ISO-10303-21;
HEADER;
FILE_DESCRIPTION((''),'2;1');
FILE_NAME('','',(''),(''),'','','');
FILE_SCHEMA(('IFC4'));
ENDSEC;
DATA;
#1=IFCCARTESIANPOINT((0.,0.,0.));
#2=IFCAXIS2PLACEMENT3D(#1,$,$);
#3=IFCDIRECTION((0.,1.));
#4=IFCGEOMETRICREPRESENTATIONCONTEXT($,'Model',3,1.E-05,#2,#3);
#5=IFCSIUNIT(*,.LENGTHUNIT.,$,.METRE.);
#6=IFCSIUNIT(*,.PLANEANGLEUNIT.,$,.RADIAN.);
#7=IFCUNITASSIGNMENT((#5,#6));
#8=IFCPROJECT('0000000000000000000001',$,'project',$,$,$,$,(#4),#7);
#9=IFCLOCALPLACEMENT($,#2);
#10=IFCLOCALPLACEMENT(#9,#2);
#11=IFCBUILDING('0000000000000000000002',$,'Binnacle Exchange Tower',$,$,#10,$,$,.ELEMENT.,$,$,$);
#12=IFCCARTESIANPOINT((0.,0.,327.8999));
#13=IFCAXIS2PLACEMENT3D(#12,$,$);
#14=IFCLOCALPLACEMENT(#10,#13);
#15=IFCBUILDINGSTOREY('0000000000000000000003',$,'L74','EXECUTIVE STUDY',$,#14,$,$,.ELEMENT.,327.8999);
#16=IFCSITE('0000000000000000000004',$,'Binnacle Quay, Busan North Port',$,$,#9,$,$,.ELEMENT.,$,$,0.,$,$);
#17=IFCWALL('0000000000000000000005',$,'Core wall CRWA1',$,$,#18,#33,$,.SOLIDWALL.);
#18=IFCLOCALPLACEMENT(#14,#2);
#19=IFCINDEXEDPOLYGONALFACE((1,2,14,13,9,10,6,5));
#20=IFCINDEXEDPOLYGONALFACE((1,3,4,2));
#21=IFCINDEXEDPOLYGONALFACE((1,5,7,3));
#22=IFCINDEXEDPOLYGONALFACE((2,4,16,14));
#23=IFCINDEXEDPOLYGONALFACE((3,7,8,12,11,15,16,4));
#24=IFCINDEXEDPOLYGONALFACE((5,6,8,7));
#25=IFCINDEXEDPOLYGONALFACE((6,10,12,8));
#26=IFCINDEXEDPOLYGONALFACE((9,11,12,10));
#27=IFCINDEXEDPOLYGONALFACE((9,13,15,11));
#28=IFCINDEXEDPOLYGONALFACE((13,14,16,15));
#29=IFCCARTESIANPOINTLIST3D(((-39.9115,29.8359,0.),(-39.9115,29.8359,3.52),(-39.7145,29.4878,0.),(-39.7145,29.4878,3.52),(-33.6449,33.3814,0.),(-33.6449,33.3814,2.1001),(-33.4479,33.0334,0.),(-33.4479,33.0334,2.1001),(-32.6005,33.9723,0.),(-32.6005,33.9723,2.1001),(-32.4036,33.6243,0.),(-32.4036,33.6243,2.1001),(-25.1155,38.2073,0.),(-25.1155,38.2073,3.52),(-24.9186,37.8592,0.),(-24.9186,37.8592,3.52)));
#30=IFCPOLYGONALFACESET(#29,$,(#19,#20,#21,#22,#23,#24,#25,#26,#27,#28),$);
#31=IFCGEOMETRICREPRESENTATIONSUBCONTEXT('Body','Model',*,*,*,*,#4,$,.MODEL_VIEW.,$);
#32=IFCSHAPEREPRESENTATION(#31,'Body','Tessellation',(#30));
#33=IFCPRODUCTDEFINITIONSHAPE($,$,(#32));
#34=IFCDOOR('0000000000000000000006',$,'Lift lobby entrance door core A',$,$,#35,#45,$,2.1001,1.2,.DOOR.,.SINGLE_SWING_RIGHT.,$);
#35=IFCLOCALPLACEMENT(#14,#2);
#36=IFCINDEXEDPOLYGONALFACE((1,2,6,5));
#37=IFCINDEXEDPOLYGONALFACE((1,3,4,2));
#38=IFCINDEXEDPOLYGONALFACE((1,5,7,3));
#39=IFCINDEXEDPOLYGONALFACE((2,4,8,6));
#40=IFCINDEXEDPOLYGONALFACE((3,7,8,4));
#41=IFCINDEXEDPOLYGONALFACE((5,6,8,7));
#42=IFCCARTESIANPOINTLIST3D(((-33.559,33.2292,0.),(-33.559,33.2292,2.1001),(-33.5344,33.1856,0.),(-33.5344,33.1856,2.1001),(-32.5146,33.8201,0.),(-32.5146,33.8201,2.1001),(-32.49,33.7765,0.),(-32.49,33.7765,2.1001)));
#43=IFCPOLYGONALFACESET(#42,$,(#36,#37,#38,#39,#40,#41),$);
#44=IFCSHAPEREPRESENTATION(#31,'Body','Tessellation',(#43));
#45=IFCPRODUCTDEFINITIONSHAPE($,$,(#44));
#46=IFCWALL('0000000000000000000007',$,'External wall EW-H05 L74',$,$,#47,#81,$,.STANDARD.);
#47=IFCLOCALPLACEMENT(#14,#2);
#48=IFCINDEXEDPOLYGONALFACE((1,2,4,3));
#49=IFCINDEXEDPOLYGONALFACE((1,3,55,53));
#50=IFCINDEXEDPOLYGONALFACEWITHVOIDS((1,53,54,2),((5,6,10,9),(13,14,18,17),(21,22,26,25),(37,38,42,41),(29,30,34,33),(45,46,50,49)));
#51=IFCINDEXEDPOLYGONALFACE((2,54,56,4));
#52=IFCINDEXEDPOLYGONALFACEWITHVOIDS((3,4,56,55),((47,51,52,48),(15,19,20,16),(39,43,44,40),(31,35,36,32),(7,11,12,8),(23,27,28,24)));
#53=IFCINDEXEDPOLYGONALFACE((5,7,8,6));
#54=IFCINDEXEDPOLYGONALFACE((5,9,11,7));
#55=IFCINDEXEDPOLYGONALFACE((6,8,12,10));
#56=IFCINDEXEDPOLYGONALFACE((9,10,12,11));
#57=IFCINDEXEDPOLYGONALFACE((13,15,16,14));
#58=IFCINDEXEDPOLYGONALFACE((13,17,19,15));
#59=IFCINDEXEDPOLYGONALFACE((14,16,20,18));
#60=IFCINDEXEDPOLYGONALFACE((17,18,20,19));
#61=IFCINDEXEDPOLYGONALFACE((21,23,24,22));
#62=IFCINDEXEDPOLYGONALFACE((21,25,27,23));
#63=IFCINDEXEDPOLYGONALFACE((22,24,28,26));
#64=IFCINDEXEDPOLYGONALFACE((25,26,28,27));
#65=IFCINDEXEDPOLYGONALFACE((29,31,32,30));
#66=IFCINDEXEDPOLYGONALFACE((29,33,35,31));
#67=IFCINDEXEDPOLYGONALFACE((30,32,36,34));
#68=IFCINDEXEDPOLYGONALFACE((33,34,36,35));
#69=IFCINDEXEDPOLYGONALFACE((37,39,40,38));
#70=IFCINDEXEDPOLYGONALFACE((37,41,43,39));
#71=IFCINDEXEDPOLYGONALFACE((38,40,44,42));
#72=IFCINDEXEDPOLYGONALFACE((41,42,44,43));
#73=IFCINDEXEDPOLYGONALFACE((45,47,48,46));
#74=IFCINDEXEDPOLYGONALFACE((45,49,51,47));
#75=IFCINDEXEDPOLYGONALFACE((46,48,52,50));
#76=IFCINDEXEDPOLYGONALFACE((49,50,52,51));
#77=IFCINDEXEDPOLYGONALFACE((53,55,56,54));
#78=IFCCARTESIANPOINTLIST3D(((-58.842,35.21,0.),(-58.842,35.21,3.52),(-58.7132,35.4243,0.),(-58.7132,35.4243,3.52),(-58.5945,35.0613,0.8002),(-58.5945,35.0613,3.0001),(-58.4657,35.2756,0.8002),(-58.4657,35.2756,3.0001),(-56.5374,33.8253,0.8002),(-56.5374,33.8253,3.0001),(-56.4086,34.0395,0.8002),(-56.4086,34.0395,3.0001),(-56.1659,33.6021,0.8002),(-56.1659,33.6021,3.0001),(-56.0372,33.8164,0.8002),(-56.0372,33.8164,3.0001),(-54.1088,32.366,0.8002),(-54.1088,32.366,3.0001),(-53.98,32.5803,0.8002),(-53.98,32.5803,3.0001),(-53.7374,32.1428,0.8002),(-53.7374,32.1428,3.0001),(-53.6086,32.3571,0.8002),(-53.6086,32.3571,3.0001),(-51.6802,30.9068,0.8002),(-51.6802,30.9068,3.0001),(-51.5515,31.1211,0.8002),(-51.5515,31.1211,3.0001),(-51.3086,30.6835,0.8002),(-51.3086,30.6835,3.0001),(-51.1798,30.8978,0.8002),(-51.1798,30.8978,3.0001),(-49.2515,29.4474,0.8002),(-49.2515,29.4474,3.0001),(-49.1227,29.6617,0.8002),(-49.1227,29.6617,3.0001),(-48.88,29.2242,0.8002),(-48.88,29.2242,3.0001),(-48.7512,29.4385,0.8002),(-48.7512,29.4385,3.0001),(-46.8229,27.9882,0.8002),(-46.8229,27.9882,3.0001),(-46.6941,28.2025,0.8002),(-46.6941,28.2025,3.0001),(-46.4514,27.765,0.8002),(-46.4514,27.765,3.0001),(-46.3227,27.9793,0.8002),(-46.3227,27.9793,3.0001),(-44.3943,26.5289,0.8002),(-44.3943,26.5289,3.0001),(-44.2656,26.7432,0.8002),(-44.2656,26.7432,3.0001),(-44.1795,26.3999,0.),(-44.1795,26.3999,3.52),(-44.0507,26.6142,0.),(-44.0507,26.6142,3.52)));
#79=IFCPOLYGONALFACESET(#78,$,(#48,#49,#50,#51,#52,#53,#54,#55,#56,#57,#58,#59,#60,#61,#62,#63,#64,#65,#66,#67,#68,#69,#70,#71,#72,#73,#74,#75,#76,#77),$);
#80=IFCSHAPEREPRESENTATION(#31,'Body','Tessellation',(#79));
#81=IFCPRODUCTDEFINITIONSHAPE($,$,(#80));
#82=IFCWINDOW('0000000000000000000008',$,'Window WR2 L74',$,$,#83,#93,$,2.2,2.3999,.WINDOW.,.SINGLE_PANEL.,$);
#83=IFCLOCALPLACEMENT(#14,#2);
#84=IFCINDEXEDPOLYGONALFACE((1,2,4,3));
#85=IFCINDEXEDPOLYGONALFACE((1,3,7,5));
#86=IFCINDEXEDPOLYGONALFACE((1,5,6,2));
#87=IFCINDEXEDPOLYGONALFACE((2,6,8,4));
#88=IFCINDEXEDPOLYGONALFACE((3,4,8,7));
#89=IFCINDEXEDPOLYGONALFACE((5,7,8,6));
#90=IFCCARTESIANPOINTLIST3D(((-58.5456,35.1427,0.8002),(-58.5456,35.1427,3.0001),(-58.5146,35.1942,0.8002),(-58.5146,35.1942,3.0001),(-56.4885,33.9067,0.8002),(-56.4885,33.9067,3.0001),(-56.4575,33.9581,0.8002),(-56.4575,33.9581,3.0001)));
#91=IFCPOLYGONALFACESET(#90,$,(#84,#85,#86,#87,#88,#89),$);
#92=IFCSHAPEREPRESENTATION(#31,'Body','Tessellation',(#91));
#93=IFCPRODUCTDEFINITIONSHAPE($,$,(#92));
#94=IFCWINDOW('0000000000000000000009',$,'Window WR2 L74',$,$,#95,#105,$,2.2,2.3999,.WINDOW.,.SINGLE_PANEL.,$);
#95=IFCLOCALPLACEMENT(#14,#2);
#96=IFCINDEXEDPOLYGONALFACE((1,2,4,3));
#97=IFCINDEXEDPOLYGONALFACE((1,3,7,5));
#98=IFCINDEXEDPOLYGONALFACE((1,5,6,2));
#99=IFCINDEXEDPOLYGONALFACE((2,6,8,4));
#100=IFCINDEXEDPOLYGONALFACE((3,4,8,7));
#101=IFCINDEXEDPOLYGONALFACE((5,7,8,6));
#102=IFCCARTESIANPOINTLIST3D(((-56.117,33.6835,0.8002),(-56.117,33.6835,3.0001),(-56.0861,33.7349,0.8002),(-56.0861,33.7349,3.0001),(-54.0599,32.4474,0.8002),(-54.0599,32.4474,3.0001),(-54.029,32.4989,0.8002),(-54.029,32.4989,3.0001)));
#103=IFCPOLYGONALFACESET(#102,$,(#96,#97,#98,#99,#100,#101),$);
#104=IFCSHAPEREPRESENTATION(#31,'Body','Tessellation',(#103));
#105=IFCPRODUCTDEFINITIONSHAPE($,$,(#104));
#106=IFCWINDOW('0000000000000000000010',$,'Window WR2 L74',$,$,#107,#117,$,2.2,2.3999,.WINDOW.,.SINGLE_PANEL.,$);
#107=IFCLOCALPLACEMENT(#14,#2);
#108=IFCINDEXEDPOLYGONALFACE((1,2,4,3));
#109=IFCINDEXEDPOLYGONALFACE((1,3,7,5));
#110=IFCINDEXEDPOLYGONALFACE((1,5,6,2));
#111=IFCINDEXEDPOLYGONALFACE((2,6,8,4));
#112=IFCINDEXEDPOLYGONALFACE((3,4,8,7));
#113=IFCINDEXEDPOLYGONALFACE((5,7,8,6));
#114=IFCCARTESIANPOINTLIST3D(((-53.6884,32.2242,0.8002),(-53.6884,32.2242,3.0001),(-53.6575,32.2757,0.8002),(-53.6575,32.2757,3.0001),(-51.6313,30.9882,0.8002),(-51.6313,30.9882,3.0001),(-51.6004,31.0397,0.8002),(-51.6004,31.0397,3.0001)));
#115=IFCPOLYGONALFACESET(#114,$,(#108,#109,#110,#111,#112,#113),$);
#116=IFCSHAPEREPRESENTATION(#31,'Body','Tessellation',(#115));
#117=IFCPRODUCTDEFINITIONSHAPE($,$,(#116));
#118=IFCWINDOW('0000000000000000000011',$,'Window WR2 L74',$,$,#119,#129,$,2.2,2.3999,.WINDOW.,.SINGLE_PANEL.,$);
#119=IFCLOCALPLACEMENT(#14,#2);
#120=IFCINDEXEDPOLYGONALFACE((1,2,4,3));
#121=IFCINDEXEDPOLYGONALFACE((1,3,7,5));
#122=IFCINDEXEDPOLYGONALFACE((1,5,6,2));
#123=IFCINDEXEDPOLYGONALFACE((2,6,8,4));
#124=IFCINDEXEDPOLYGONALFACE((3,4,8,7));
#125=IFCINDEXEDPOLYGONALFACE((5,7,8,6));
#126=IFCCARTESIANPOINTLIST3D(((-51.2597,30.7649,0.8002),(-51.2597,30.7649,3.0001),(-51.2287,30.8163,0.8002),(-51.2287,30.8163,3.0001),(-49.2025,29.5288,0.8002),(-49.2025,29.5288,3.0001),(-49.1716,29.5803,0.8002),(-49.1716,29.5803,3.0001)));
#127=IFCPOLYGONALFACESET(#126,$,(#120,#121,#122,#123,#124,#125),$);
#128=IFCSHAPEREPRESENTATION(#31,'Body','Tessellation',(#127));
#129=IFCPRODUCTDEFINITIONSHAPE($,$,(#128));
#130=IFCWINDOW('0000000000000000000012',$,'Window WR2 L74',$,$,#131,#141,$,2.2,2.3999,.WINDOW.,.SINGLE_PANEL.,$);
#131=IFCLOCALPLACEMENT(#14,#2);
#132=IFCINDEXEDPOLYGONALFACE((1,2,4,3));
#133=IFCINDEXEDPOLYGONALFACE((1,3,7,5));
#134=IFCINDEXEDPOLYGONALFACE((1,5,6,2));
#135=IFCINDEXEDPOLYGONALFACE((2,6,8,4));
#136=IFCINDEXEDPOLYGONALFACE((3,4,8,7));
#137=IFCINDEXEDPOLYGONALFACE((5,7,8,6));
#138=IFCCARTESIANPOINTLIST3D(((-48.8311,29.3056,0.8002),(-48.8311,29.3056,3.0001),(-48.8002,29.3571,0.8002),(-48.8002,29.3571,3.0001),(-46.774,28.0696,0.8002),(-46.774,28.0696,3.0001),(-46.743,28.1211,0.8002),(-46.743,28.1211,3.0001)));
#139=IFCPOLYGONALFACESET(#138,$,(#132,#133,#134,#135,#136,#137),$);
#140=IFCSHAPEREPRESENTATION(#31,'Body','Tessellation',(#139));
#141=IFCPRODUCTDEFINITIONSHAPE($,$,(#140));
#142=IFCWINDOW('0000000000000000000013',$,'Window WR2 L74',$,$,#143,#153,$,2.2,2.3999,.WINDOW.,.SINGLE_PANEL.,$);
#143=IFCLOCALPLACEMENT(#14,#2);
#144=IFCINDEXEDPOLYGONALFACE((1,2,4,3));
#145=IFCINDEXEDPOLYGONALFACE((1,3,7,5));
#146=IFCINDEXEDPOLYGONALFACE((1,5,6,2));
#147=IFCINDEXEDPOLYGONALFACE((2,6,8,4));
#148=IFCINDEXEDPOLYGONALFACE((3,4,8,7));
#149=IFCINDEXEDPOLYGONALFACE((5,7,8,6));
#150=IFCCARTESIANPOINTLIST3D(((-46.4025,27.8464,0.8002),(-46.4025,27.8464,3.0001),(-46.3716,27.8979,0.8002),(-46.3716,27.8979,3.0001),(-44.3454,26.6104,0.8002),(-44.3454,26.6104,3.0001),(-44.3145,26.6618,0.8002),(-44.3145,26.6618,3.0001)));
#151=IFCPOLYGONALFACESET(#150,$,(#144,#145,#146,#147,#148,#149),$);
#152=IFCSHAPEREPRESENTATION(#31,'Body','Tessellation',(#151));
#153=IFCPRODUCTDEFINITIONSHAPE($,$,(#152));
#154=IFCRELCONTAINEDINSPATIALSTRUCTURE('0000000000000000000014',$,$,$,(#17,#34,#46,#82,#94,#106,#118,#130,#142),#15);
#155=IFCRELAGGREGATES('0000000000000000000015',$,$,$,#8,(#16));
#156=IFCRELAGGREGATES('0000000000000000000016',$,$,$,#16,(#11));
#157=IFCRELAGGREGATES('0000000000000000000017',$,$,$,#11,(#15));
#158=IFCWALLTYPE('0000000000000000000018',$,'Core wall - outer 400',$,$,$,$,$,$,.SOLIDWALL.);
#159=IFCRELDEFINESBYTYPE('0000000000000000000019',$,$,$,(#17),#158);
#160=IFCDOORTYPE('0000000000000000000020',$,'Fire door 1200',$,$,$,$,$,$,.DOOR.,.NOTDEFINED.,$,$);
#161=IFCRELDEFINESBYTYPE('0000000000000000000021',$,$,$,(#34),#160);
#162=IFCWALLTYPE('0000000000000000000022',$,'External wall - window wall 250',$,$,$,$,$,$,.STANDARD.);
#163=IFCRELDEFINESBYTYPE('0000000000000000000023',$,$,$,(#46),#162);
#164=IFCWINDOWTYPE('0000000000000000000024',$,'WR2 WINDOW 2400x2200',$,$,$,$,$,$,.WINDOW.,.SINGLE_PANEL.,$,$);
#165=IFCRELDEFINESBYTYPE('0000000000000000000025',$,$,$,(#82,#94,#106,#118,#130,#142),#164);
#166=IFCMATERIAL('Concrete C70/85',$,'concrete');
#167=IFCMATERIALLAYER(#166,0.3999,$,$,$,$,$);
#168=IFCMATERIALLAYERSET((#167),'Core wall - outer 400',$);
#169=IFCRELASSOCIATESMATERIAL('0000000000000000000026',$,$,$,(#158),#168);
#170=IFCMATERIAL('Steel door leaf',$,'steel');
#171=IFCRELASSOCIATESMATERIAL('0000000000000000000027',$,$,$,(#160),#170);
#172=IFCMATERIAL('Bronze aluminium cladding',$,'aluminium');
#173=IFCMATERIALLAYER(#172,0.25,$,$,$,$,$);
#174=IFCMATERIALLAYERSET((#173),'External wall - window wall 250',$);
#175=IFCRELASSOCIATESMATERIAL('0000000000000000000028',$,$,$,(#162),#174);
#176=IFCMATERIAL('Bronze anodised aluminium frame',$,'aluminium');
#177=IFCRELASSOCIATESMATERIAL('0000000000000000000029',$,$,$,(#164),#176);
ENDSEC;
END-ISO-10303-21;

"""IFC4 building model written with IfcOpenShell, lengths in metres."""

from ifc_helpers import new_model, si_unit, direction, frame, frame_2d, origin, place, context, subcontext, project, spatial, rectangle, extrude, material, layer, layer_set, type_object, element, fill, save


model = new_model("IFC4")

# Units and contexts
model_context = context("Model", 3, precision=1e-05, world=origin(), true_north=direction((0.0, 1.0)))
body_context = subcontext(model_context, "Body", "Model", "MODEL_VIEW")
ifc_project = project(units=[si_unit("LENGTHUNIT", "METRE"), si_unit("PLANEANGLEUNIT", "RADIAN")], contexts=[model_context])

# Site, building, storey
site_placement = place(None, origin())
site = spatial("IfcSite", under=ifc_project, at=site_placement, Name="Binnacle Quay, Busan North Port", CompositionType="ELEMENT", RefElevation=0.0)
building_placement = place(site_placement, origin())
building = spatial("IfcBuilding", under=site, at=building_placement, Name="Binnacle Exchange Tower", CompositionType="ELEMENT")
storey_placement = place(building_placement, frame((0.0, 0.0, 327.8999)))
storey = spatial("IfcBuildingStorey", under=building, at=storey_placement, Name="L74", Description="EXECUTIVE STUDY", CompositionType="ELEMENT", Elevation=327.8999)

# Shared definitions
ifc_material_1 = material(Name="Concrete C70/85", Category="concrete")
ifc_material_2 = material(Name="Steel door leaf", Category="steel")

# Wall, opening, door
ifc_layer_1 = layer(ifc_material_1, 0.3999)
ifc_layer_set_1 = layer_set([ifc_layer_1], Name="Core wall - outer 400")
wall_type_1 = type_object("IfcWallType", Name="Core wall - outer 400", PredefinedType="SOLIDWALL", material=ifc_layer_set_1)
wall_1_placement = place(storey_placement, frame((-39.813, 29.6619, 0.0), z_axis=(0.0, 0.0, 1.0), x_axis=(0.87035, 0.492433, 0.0)))
wall_1 = element("IfcWall", 1, at=wall_1_placement, inside=storey, type_object=wall_type_1, Name="Core wall CRWA1", PredefinedType="SOLIDWALL", context=body_context, shape_type="SweptSolid", body=[
    extrude(rectangle(XDim=17.0, YDim=0.3999, at=frame_2d((8.5, 0.0))), origin(), (0.0, 0.0, 1.0), 3.52),
])
opening_1_placement = place(wall_1_placement, frame((7.2, 0.0, 0.0)))
opening_1 = element("IfcOpeningElement", 2, at=opening_1_placement, cuts=wall_1, PredefinedType="OPENING", context=body_context, shape_type="SweptSolid", body=[
    extrude(rectangle(XDim=1.2, YDim=2.1001, at=frame_2d((0.6001, 1.05))), frame((0.0, 0.21, 0.0), z_axis=(0.0, -1.0, 0.0), x_axis=(1.0, 0.0, 0.0)), (0.0, 0.0, 1.0), 0.4199),
])
door_type_1 = type_object("IfcDoorType", Name="Fire door 1200", OperationType="NOTDEFINED", PredefinedType="DOOR", material=ifc_material_2)
door_1_placement = place(opening_1_placement, frame((1.2, 0.0, 0.0), z_axis=(0.0, 0.0, 1.0), x_axis=(-1.0, 0.0, 0.0)))
door_1 = element("IfcDoor", 3, at=door_1_placement, inside=storey, type_object=door_type_1, Name="Lift lobby entrance door core A", OperationType="SINGLE_SWING_RIGHT", OverallHeight=2.1001, OverallWidth=1.2, PredefinedType="DOOR", context=body_context, shape_type="SweptSolid", body=[
    extrude(rectangle(XDim=1.2, YDim=2.1001, at=frame_2d((0.6001, 1.05))), frame((0.0, 0.0249, 0.0), z_axis=(0.0, -1.0, 0.0), x_axis=(1.0, 0.0, 0.0)), (0.0, 0.0, 1.0), 0.05),
])
fill(opening_1, door_1)

# Wall, openings, windows
ifc_material_3 = material(Name="Bronze aluminium cladding", Category="aluminium")
ifc_layer_2 = layer(ifc_material_3, 0.25)
ifc_layer_set_2 = layer_set([ifc_layer_2], Name="External wall - window wall 250")
wall_type_2 = type_object("IfcWallType", Name="External wall - window wall 250", PredefinedType="STANDARD", material=ifc_layer_set_2)
wall_2_placement = place(storey_placement, frame((-44.1152, 26.5071, 0.0), z_axis=(0.0, 0.0, 1.0), x_axis=(-0.857167, 0.515039, 0.0)))
wall_2 = element("IfcWall", 4, at=wall_2_placement, inside=storey, type_object=wall_type_2, Name="External wall EW-H05 L74", PredefinedType="STANDARD", context=body_context, shape_type="SweptSolid", body=[
    extrude(rectangle(XDim=17.1057, YDim=0.25, at=frame_2d((8.5527, 0.0))), origin(), (0.0, 0.0, 1.0), 3.52),
])
opening_2_placement = place(wall_2_placement, frame((14.417, 0.0, 0.8)))
opening_2 = element("IfcOpeningElement", 5, at=opening_2_placement, cuts=wall_2, PredefinedType="OPENING", context=body_context, shape_type="SweptSolid", body=[
    extrude(rectangle(XDim=2.3999, YDim=2.2, at=frame_2d((1.2, 1.1001))), frame((0.0, 0.135, 0.0), z_axis=(0.0, -1.0, 0.0), x_axis=(1.0, 0.0, 0.0)), (0.0, 0.0, 1.0), 0.27),
])
opening_3_placement = place(wall_2_placement, frame((11.5837, 0.0, 0.8)))
opening_3 = element("IfcOpeningElement", 6, at=opening_3_placement, cuts=wall_2, PredefinedType="OPENING", context=body_context, shape_type="SweptSolid", body=[
    extrude(rectangle(XDim=2.3999, YDim=2.2, at=frame_2d((1.2, 1.1001))), frame((0.0, 0.135, 0.0), z_axis=(0.0, -1.0, 0.0), x_axis=(1.0, 0.0, 0.0)), (0.0, 0.0, 1.0), 0.27),
])
opening_4_placement = place(wall_2_placement, frame((8.7505, 0.0, 0.8)))
opening_4 = element("IfcOpeningElement", 7, at=opening_4_placement, cuts=wall_2, PredefinedType="OPENING", context=body_context, shape_type="SweptSolid", body=[
    extrude(rectangle(XDim=2.3999, YDim=2.2, at=frame_2d((1.2, 1.1001))), frame((0.0, 0.135, 0.0), z_axis=(0.0, -1.0, 0.0), x_axis=(1.0, 0.0, 0.0)), (0.0, 0.0, 1.0), 0.27),
])
opening_5_placement = place(wall_2_placement, frame((5.917, 0.0, 0.8)))
opening_5 = element("IfcOpeningElement", 8, at=opening_5_placement, cuts=wall_2, PredefinedType="OPENING", context=body_context, shape_type="SweptSolid", body=[
    extrude(rectangle(XDim=2.3999, YDim=2.2, at=frame_2d((1.2, 1.1001))), frame((0.0, 0.135, 0.0), z_axis=(0.0, -1.0, 0.0), x_axis=(1.0, 0.0, 0.0)), (0.0, 0.0, 1.0), 0.27),
])
opening_6_placement = place(wall_2_placement, frame((3.0837, 0.0, 0.8)))
opening_6 = element("IfcOpeningElement", 9, at=opening_6_placement, cuts=wall_2, PredefinedType="OPENING", context=body_context, shape_type="SweptSolid", body=[
    extrude(rectangle(XDim=2.3999, YDim=2.2, at=frame_2d((1.2, 1.1001))), frame((0.0, 0.135, 0.0), z_axis=(0.0, -1.0, 0.0), x_axis=(1.0, 0.0, 0.0)), (0.0, 0.0, 1.0), 0.27),
])
opening_7_placement = place(wall_2_placement, frame((0.2505, 0.0, 0.8)))
opening_7 = element("IfcOpeningElement", 10, at=opening_7_placement, cuts=wall_2, PredefinedType="OPENING", context=body_context, shape_type="SweptSolid", body=[
    extrude(rectangle(XDim=2.3999, YDim=2.2, at=frame_2d((1.2, 1.1001))), frame((0.0, 0.135, 0.0), z_axis=(0.0, -1.0, 0.0), x_axis=(1.0, 0.0, 0.0)), (0.0, 0.0, 1.0), 0.27),
])
ifc_material_4 = material(Name="Bronze anodised aluminium frame", Category="aluminium")
window_type = type_object("IfcWindowType", Name="WR2 WINDOW 2400x2200", PartitioningType="SINGLE_PANEL", PredefinedType="WINDOW", material=ifc_material_4)
window_1_placement = place(opening_2_placement, origin())
window_1 = element("IfcWindow", 11, at=window_1_placement, inside=storey, type_object=window_type, Name="Window WR2 L74", OverallHeight=2.2, OverallWidth=2.3999, PartitioningType="SINGLE_PANEL", PredefinedType="WINDOW", context=body_context, shape_type="SweptSolid", body=[
    extrude(rectangle(XDim=2.3999, YDim=2.2, at=frame_2d((1.2, 1.1001))), frame((0.0, 0.03, 0.0), z_axis=(0.0, -1.0, 0.0), x_axis=(1.0, 0.0, 0.0)), (0.0, 0.0, 1.0), 0.0601),
])
fill(opening_2, window_1)
window_2_placement = place(opening_3_placement, origin())
window_2 = element("IfcWindow", 12, at=window_2_placement, inside=storey, type_object=window_type, Name="Window WR2 L74", OverallHeight=2.2, OverallWidth=2.3999, PartitioningType="SINGLE_PANEL", PredefinedType="WINDOW", context=body_context, shape_type="SweptSolid", body=[
    extrude(rectangle(XDim=2.3999, YDim=2.2, at=frame_2d((1.2, 1.1001))), frame((0.0, 0.03, 0.0), z_axis=(0.0, -1.0, 0.0), x_axis=(1.0, 0.0, 0.0)), (0.0, 0.0, 1.0), 0.0601),
])
fill(opening_3, window_2)
window_3_placement = place(opening_4_placement, origin())
window_3 = element("IfcWindow", 13, at=window_3_placement, inside=storey, type_object=window_type, Name="Window WR2 L74", OverallHeight=2.2, OverallWidth=2.3999, PartitioningType="SINGLE_PANEL", PredefinedType="WINDOW", context=body_context, shape_type="SweptSolid", body=[
    extrude(rectangle(XDim=2.3999, YDim=2.2, at=frame_2d((1.2, 1.1001))), frame((0.0, 0.03, 0.0), z_axis=(0.0, -1.0, 0.0), x_axis=(1.0, 0.0, 0.0)), (0.0, 0.0, 1.0), 0.0601),
])
fill(opening_4, window_3)
window_4_placement = place(opening_5_placement, origin())
window_4 = element("IfcWindow", 14, at=window_4_placement, inside=storey, type_object=window_type, Name="Window WR2 L74", OverallHeight=2.2, OverallWidth=2.3999, PartitioningType="SINGLE_PANEL", PredefinedType="WINDOW", context=body_context, shape_type="SweptSolid", body=[
    extrude(rectangle(XDim=2.3999, YDim=2.2, at=frame_2d((1.2, 1.1001))), frame((0.0, 0.03, 0.0), z_axis=(0.0, -1.0, 0.0), x_axis=(1.0, 0.0, 0.0)), (0.0, 0.0, 1.0), 0.0601),
])
fill(opening_5, window_4)
window_5_placement = place(opening_6_placement, origin())
window_5 = element("IfcWindow", 15, at=window_5_placement, inside=storey, type_object=window_type, Name="Window WR2 L74", OverallHeight=2.2, OverallWidth=2.3999, PartitioningType="SINGLE_PANEL", PredefinedType="WINDOW", context=body_context, shape_type="SweptSolid", body=[
    extrude(rectangle(XDim=2.3999, YDim=2.2, at=frame_2d((1.2, 1.1001))), frame((0.0, 0.03, 0.0), z_axis=(0.0, -1.0, 0.0), x_axis=(1.0, 0.0, 0.0)), (0.0, 0.0, 1.0), 0.0601),
])
fill(opening_6, window_5)
window_6_placement = place(opening_7_placement, origin())
window_6 = element("IfcWindow", 16, at=window_6_placement, inside=storey, type_object=window_type, Name="Window WR2 L74", OverallHeight=2.2, OverallWidth=2.3999, PartitioningType="SINGLE_PANEL", PredefinedType="WINDOW", context=body_context, shape_type="SweptSolid", body=[
    extrude(rectangle(XDim=2.3999, YDim=2.2, at=frame_2d((1.2, 1.1001))), frame((0.0, 0.03, 0.0), z_axis=(0.0, -1.0, 0.0), x_axis=(1.0, 0.0, 0.0)), (0.0, 0.0, 1.0), 0.0601),
])
fill(opening_7, window_6)

save(model, "model.ifc")
